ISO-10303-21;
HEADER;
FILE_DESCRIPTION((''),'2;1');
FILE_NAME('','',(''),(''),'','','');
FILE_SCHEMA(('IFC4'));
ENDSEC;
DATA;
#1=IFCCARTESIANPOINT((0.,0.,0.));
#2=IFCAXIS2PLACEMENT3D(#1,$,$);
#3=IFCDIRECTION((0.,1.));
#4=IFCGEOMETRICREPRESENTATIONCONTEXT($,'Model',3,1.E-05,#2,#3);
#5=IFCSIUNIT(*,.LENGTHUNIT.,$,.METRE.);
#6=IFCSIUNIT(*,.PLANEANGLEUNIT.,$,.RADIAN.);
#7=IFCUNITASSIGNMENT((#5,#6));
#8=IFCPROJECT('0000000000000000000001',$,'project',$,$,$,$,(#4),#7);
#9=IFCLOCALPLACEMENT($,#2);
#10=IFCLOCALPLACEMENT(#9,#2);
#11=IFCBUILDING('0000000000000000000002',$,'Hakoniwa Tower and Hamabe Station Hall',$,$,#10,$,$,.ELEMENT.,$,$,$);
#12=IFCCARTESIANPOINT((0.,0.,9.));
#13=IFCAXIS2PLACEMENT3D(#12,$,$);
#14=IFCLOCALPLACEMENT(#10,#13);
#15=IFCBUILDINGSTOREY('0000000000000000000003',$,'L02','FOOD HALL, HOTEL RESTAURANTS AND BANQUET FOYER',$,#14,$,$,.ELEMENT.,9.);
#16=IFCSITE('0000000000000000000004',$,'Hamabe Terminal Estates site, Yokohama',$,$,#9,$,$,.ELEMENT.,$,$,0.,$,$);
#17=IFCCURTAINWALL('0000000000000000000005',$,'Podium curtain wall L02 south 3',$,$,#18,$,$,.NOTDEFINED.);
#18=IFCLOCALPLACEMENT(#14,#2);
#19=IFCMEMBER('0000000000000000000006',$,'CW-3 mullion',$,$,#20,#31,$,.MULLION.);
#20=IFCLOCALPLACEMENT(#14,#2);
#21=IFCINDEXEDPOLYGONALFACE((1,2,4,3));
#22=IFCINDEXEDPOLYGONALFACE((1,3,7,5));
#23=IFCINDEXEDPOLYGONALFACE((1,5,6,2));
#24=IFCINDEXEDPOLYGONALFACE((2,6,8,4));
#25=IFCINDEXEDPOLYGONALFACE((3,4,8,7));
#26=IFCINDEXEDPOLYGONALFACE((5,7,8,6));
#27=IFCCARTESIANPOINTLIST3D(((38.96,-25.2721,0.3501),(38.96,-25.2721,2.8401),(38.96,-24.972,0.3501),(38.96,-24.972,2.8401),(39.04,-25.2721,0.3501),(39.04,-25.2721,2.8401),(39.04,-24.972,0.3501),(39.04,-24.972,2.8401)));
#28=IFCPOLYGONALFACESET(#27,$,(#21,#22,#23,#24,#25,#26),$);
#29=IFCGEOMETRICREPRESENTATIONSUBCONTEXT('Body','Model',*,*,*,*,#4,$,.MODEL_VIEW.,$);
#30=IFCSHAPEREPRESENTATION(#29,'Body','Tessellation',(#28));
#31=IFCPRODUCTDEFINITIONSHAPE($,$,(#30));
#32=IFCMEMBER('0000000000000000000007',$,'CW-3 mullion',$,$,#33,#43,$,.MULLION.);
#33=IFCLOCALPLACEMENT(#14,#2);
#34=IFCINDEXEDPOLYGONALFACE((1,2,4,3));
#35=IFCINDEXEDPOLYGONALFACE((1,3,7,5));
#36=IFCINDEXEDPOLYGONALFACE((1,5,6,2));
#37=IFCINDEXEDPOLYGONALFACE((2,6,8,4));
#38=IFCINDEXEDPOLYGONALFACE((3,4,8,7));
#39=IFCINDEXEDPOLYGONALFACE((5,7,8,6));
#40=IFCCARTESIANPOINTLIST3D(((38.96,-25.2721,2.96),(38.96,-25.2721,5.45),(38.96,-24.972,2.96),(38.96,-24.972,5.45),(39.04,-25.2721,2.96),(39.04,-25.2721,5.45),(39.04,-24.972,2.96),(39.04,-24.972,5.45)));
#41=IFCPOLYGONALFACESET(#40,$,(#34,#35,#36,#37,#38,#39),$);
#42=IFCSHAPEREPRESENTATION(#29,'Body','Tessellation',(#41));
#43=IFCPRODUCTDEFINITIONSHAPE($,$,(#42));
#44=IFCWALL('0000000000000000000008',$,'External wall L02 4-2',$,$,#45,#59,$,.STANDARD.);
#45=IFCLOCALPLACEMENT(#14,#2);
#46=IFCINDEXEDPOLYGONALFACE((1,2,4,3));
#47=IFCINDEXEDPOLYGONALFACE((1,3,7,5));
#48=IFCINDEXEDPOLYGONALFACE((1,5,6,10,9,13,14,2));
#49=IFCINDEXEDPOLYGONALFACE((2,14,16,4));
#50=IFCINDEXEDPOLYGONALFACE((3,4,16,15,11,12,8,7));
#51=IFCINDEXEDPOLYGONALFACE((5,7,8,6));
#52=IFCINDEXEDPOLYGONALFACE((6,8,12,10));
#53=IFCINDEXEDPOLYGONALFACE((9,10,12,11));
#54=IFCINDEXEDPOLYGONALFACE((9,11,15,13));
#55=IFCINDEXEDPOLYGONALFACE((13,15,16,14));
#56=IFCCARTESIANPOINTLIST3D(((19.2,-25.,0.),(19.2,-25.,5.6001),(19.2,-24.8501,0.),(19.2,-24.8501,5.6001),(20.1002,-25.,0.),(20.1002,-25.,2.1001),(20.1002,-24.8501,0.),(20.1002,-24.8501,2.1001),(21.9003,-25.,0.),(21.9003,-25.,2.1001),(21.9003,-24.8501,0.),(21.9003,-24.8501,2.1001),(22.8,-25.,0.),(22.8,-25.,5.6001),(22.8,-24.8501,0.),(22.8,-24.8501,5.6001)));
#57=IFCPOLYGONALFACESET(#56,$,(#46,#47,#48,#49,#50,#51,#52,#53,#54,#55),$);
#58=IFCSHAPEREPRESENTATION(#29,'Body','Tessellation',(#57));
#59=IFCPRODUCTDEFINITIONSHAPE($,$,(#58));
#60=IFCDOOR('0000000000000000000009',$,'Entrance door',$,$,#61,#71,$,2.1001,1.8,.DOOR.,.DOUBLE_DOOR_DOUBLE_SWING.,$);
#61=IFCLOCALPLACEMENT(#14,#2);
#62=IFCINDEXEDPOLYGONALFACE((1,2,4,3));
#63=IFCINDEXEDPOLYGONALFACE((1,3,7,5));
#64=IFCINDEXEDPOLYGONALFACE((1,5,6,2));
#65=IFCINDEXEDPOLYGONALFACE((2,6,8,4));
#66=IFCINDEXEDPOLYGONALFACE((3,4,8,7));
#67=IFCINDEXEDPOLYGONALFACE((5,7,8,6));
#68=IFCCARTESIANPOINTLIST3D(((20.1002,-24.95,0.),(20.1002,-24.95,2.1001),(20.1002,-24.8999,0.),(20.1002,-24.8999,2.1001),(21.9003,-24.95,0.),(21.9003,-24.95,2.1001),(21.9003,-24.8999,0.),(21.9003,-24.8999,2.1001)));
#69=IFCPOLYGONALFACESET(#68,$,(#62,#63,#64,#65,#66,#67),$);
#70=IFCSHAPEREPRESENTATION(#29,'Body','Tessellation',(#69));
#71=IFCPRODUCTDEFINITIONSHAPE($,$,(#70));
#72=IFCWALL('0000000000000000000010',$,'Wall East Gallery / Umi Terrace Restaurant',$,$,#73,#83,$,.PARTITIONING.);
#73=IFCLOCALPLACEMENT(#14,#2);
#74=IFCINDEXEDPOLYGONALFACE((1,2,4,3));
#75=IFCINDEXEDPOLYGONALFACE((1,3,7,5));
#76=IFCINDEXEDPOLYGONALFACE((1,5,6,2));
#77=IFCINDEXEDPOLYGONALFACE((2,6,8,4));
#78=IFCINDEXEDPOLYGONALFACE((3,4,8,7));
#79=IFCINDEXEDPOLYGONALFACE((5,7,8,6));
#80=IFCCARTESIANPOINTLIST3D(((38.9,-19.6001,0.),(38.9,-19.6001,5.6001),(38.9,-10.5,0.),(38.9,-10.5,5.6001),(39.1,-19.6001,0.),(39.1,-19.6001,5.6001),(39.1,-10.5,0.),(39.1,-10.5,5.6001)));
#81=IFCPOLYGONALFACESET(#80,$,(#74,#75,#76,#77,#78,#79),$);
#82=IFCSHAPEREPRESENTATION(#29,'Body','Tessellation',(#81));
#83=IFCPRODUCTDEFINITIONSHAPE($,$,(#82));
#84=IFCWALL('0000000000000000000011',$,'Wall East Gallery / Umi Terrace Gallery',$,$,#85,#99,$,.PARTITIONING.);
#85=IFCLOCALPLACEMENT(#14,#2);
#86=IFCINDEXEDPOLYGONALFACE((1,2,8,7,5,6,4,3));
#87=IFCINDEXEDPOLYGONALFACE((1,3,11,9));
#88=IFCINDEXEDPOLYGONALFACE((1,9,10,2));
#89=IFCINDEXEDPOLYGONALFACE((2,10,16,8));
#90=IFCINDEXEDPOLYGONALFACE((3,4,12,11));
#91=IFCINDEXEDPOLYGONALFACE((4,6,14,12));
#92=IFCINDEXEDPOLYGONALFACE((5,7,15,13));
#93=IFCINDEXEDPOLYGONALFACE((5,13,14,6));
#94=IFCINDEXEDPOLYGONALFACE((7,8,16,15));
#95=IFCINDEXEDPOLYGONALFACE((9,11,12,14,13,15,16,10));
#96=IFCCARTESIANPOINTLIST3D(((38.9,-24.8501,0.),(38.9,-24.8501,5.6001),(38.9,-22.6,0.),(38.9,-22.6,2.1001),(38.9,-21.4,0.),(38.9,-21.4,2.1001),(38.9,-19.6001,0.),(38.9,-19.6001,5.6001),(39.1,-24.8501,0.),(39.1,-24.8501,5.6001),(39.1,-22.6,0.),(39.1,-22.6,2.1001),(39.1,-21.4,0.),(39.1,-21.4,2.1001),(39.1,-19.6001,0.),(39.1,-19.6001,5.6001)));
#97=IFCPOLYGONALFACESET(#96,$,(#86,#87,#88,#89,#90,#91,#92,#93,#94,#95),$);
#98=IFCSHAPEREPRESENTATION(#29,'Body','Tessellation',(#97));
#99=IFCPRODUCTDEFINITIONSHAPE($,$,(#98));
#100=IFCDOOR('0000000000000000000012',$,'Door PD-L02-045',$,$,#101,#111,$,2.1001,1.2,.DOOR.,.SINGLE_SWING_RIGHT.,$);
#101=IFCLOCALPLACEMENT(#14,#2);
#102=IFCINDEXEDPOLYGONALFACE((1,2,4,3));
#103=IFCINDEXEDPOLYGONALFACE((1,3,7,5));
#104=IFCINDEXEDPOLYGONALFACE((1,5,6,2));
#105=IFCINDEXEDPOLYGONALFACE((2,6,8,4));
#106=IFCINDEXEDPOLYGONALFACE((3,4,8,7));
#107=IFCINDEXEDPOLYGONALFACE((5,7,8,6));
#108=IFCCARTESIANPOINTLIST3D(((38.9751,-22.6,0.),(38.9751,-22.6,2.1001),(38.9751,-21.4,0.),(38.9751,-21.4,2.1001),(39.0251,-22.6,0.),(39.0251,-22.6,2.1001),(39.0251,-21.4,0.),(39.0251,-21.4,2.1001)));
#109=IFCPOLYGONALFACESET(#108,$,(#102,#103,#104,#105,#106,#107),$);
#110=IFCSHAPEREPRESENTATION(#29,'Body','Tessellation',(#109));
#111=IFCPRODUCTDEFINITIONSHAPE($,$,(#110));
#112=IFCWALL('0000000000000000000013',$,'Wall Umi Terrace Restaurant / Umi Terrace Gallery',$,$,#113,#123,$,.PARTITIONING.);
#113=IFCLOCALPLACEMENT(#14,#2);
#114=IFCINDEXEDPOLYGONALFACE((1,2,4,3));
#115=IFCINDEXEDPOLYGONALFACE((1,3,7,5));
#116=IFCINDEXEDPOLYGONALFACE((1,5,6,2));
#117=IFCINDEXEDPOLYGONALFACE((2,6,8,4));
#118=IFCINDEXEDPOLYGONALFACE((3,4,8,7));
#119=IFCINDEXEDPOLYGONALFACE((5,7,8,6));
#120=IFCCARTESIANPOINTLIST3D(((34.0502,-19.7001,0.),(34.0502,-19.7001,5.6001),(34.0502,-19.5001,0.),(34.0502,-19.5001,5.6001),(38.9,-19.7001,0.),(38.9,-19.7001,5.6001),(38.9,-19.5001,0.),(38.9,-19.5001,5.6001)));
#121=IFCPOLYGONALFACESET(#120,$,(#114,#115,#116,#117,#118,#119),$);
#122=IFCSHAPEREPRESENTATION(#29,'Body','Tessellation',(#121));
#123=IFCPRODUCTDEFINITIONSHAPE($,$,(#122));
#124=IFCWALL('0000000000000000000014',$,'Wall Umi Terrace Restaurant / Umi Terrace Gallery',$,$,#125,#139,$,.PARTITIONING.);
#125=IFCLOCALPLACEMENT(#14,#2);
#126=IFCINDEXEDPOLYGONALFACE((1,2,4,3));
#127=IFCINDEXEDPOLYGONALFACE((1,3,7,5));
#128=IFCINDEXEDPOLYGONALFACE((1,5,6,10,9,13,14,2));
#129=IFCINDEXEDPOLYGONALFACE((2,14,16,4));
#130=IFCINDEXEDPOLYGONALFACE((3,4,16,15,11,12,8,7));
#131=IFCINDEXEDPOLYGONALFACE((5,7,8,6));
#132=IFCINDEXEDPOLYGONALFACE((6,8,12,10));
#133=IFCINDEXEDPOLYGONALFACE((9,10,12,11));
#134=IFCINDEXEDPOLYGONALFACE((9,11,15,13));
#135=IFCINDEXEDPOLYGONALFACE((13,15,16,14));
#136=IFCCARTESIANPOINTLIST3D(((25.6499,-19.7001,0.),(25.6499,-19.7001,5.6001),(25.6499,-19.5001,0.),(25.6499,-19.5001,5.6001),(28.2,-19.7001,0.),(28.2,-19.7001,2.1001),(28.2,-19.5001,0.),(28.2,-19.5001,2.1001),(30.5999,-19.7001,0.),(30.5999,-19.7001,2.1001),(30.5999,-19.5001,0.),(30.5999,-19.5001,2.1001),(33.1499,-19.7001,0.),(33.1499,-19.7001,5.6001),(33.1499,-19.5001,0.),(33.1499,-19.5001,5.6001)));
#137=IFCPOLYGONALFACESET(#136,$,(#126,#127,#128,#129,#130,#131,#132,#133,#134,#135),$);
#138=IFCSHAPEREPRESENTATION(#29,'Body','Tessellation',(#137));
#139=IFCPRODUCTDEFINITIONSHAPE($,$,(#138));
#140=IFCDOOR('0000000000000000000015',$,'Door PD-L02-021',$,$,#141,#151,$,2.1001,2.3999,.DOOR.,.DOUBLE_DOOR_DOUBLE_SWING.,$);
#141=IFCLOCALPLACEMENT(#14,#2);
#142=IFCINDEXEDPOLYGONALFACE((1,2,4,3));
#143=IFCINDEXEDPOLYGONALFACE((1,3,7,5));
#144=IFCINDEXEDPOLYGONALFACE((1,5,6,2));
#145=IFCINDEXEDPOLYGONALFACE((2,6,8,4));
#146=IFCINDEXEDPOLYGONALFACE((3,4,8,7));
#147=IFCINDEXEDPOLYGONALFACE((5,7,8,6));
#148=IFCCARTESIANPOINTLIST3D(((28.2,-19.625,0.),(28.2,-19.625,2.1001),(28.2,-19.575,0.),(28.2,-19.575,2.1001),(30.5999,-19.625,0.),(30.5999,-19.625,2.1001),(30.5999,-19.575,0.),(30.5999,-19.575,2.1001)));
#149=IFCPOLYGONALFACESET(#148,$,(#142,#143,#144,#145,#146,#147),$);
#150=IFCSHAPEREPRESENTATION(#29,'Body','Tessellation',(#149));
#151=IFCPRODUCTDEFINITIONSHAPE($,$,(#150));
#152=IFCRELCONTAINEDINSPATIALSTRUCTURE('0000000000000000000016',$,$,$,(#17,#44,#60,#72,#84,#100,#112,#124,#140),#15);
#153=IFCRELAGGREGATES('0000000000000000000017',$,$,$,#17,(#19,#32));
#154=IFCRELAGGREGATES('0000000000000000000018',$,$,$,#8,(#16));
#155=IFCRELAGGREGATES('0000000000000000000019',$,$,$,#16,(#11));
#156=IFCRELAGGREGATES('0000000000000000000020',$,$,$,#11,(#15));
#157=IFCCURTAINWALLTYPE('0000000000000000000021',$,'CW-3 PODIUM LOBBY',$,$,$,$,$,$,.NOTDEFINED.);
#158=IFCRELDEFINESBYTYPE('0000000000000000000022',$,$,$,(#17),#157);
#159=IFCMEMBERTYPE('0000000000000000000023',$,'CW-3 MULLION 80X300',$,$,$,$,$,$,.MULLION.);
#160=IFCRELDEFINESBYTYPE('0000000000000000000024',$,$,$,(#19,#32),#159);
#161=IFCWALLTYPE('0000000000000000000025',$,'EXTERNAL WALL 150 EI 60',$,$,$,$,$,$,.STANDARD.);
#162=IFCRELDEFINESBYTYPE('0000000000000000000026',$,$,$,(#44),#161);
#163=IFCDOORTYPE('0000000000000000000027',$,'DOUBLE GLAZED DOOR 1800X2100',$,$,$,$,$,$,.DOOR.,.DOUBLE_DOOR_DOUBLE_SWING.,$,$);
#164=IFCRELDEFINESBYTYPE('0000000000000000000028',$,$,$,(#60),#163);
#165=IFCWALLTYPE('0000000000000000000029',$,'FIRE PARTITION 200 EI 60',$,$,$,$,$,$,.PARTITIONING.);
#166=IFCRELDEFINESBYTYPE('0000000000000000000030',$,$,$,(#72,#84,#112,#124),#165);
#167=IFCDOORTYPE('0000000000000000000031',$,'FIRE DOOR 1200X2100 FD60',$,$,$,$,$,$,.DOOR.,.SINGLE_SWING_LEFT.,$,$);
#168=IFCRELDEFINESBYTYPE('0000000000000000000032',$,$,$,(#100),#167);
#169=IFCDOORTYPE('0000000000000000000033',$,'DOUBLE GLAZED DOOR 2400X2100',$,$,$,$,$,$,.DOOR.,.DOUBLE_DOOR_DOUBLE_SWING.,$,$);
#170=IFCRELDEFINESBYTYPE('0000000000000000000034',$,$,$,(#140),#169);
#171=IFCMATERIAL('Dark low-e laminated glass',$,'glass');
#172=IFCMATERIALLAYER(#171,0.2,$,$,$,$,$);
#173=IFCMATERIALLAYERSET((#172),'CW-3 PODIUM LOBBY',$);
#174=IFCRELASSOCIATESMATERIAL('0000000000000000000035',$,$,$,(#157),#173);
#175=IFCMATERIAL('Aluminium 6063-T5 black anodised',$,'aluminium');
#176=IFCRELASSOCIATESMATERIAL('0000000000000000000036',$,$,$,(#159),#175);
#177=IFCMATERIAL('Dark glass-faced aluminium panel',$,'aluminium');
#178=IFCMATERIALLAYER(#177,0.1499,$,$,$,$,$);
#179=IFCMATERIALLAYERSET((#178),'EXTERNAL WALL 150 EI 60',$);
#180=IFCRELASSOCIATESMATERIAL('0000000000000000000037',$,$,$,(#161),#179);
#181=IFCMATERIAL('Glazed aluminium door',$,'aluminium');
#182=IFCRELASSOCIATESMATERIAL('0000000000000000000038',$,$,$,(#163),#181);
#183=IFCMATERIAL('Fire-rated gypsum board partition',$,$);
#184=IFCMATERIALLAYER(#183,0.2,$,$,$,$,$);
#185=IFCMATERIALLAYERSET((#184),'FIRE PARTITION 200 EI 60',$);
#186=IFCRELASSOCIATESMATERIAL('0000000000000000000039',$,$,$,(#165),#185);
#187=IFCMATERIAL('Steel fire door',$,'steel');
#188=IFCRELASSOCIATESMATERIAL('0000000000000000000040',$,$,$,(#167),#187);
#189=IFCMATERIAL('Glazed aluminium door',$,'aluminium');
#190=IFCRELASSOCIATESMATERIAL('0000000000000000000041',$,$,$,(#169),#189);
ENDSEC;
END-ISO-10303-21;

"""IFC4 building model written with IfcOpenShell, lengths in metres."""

from ifc_helpers import new_model, si_unit, direction, frame, frame_2d, origin, origin_2d, place, context, subcontext, project, spatial, rectangle, extrude, material, layer, layer_set, material_profile, profile_set, type_object, element, fill, aggregate, save


model = new_model("IFC4")

# Units and contexts
model_context = context("Model", 3, precision=1e-05, world=origin(), true_north=direction((0.0, 1.0)))
body_context = subcontext(model_context, "Body", "Model", "MODEL_VIEW")
ifc_project = project(units=[si_unit("LENGTHUNIT", "METRE"), si_unit("PLANEANGLEUNIT", "RADIAN")], contexts=[model_context])

# Site, building, storey
site_placement = place(None, origin())
site = spatial("IfcSite", under=ifc_project, at=site_placement, Name="Hamabe Terminal Estates site, Yokohama", CompositionType="ELEMENT", RefElevation=0.0)
building_placement = place(site_placement, origin())
building = spatial("IfcBuilding", under=site, at=building_placement, Name="Hakoniwa Tower and Hamabe Station Hall", CompositionType="ELEMENT")
storey_placement = place(building_placement, frame((0.0, 0.0, 9.0)))
storey = spatial("IfcBuildingStorey", under=building, at=storey_placement, Name="L02", Description="FOOD HALL, HOTEL RESTAURANTS AND BANQUET FOYER", CompositionType="ELEMENT", Elevation=9.0)

# Curtain wall, members
ifc_material_1 = material(Name="Dark low-e laminated glass", Category="glass")
ifc_layer_1 = layer(ifc_material_1, 0.2)
ifc_layer_set_1 = layer_set([ifc_layer_1], Name="CW-3 PODIUM LOBBY")
curtain_wall_type = type_object("IfcCurtainWallType", Name="CW-3 PODIUM LOBBY", PredefinedType="NOTDEFINED", material=ifc_layer_set_1)
curtain_wall_placement = place(storey_placement, origin())
curtain_wall = element("IfcCurtainWall", 1, at=curtain_wall_placement, inside=storey, type_object=curtain_wall_type, Name="Podium curtain wall L02 south 3", PredefinedType="NOTDEFINED")
ifc_material_2 = material(Name="Aluminium 6063-T5 black anodised", Category="aluminium")
ifc_material_profile_1 = material_profile(ifc_material_2, rectangle(XDim=0.0801, YDim=0.3, at=origin_2d()), Name="CW-3 MULLION 80X300")
ifc_profile_set_1 = profile_set([ifc_material_profile_1], Name="Aluminium 6063-T5 black anodised")
member_type = type_object("IfcMemberType", Name="CW-3 MULLION 80X300", PredefinedType="MULLION", material=ifc_profile_set_1)
member_1_placement = place(storey_placement, frame((39.0, -25.1221, 0.3501), z_axis=(0.0, 0.0, 1.0), x_axis=(1.0, 0.0, 0.0)))
member_1 = element("IfcMember", 2, at=member_1_placement, type_object=member_type, Name="CW-3 mullion", PredefinedType="MULLION", context=body_context, shape_type="SweptSolid", body=[
    extrude(rectangle(XDim=0.0801, YDim=0.3, at=origin_2d()), origin(), (0.0, 0.0, 1.0), 2.49),
])
member_2_placement = place(storey_placement, frame((39.0, -25.1221, 2.96), z_axis=(0.0, 0.0, 1.0), x_axis=(1.0, 0.0, 0.0)))
member_2 = element("IfcMember", 3, at=member_2_placement, type_object=member_type, Name="CW-3 mullion", PredefinedType="MULLION", context=body_context, shape_type="SweptSolid", body=[
    extrude(rectangle(XDim=0.0801, YDim=0.3, at=origin_2d()), origin(), (0.0, 0.0, 1.0), 2.49),
])
aggregate(curtain_wall, [member_1, member_2])

# Wall, opening, door
ifc_material_3 = material(Name="Dark glass-faced aluminium panel", Category="aluminium")
ifc_layer_2 = layer(ifc_material_3, 0.1499)
ifc_layer_set_2 = layer_set([ifc_layer_2], Name="EXTERNAL WALL 150 EI 60")
wall_type_1 = type_object("IfcWallType", Name="EXTERNAL WALL 150 EI 60", PredefinedType="STANDARD", material=ifc_layer_set_2)
wall_1_placement = place(storey_placement, frame((22.8, -24.925, 0.0), z_axis=(0.0, 0.0, 1.0), x_axis=(-1.0, 0.0, 0.0)))
wall_1 = element("IfcWall", 4, at=wall_1_placement, inside=storey, type_object=wall_type_1, Name="External wall L02 4-2", PredefinedType="STANDARD", context=body_context, shape_type="SweptSolid", body=[
    extrude(rectangle(XDim=3.6001, YDim=0.1499, at=frame_2d((1.8, 0.0))), origin(), (0.0, 0.0, 1.0), 5.6001),
])
opening_1_placement = place(wall_1_placement, frame((0.8999, 0.0, 0.0)))
opening_1 = element("IfcOpeningElement", 5, at=opening_1_placement, cuts=wall_1, PredefinedType="OPENING", context=body_context, shape_type="SweptSolid", body=[
    extrude(rectangle(XDim=1.8, YDim=2.1001, at=frame_2d((0.8999, 1.05))), frame((0.0, 0.085, 0.0), z_axis=(0.0, -1.0, 0.0), x_axis=(1.0, 0.0, 0.0)), (0.0, 0.0, 1.0), 0.1699),
])
ifc_material_4 = material(Name="Glazed aluminium door", Category="aluminium")
door_type_1 = type_object("IfcDoorType", Name="DOUBLE GLAZED DOOR 1800X2100", OperationType="DOUBLE_DOOR_DOUBLE_SWING", PredefinedType="DOOR", material=ifc_material_4)
door_1_placement = place(opening_1_placement, origin())
door_1 = element("IfcDoor", 6, at=door_1_placement, inside=storey, type_object=door_type_1, Name="Entrance door", OperationType="DOUBLE_DOOR_DOUBLE_SWING", OverallHeight=2.1001, OverallWidth=1.8, PredefinedType="DOOR", context=body_context, shape_type="SweptSolid", body=[
    extrude(rectangle(XDim=1.8, YDim=2.1001, at=frame_2d((0.8999, 1.05))), frame((0.0, 0.0249, 0.0), z_axis=(0.0, -1.0, 0.0), x_axis=(1.0, 0.0, 0.0)), (0.0, 0.0, 1.0), 0.05),
])
fill(opening_1, door_1)

# Wall
ifc_material_5 = material(Name="Fire-rated gypsum board partition")
ifc_layer_3 = layer(ifc_material_5, 0.2)
ifc_layer_set_3 = layer_set([ifc_layer_3], Name="FIRE PARTITION 200 EI 60")
wall_type_2 = type_object("IfcWallType", Name="FIRE PARTITION 200 EI 60", PredefinedType="PARTITIONING", material=ifc_layer_set_3)
wall_2_placement = place(storey_placement, frame((39.0, -19.6001, 0.0), z_axis=(0.0, 0.0, 1.0), x_axis=(0.0, 1.0, 0.0)))
element("IfcWall", 7, at=wall_2_placement, inside=storey, type_object=wall_type_2, Name="Wall East Gallery / Umi Terrace Restaurant", PredefinedType="PARTITIONING", context=body_context, shape_type="SweptSolid", body=[
    extrude(rectangle(XDim=9.1001, YDim=0.2, at=frame_2d((4.55, 0.0))), origin(), (0.0, 0.0, 1.0), 5.6001),
])

# Wall, opening, door
wall_3_placement = place(storey_placement, frame((39.0, -24.8501, 0.0), z_axis=(0.0, 0.0, 1.0), x_axis=(0.0, 1.0, 0.0)))
wall_3 = element("IfcWall", 8, at=wall_3_placement, inside=storey, type_object=wall_type_2, Name="Wall East Gallery / Umi Terrace Gallery", PredefinedType="PARTITIONING", context=body_context, shape_type="SweptSolid", body=[
    extrude(rectangle(XDim=5.25, YDim=0.2, at=frame_2d((2.625, 0.0))), origin(), (0.0, 0.0, 1.0), 5.6001),
])
opening_2_placement = place(wall_3_placement, frame((2.25, 0.0, 0.0)))
opening_2 = element("IfcOpeningElement", 9, at=opening_2_placement, cuts=wall_3, PredefinedType="OPENING", context=body_context, shape_type="SweptSolid", body=[
    extrude(rectangle(XDim=1.2, YDim=2.1001, at=frame_2d((0.6001, 1.05))), frame((0.0, 0.1099, 0.0), z_axis=(0.0, -1.0, 0.0), x_axis=(1.0, 0.0, 0.0)), (0.0, 0.0, 1.0), 0.22),
])
ifc_material_6 = material(Name="Steel fire door", Category="steel")
door_type_2 = type_object("IfcDoorType", Name="FIRE DOOR 1200X2100 FD60", OperationType="SINGLE_SWING_LEFT", PredefinedType="DOOR", material=ifc_material_6)
door_2_placement = place(opening_2_placement, origin())
door_2 = element("IfcDoor", 10, at=door_2_placement, inside=storey, type_object=door_type_2, Name="Door PD-L02-045", OperationType="SINGLE_SWING_RIGHT", OverallHeight=2.1001, OverallWidth=1.2, PredefinedType="DOOR", context=body_context, shape_type="SweptSolid", body=[
    extrude(rectangle(XDim=1.2, YDim=2.1001, at=frame_2d((0.6001, 1.05))), frame((0.0, 0.0249, 0.0), z_axis=(0.0, -1.0, 0.0), x_axis=(1.0, 0.0, 0.0)), (0.0, 0.0, 1.0), 0.05),
])
fill(opening_2, door_2)

# Wall
wall_4_placement = place(storey_placement, frame((38.8999, -19.6001, 0.0), z_axis=(0.0, 0.0, 1.0), x_axis=(-1.0, 0.0, 0.0)))
element("IfcWall", 11, at=wall_4_placement, inside=storey, type_object=wall_type_2, Name="Wall Umi Terrace Restaurant / Umi Terrace Gallery", PredefinedType="PARTITIONING", context=body_context, shape_type="SweptSolid", body=[
    extrude(rectangle(XDim=4.8499, YDim=0.2, at=frame_2d((2.4248, 0.0))), origin(), (0.0, 0.0, 1.0), 5.6001),
])

# Wall, opening, door
wall_5_placement = place(storey_placement, frame((33.1499, -19.6001, 0.0), z_axis=(0.0, 0.0, 1.0), x_axis=(-1.0, 0.0, 0.0)))
wall_5 = element("IfcWall", 12, at=wall_5_placement, inside=storey, type_object=wall_type_2, Name="Wall Umi Terrace Restaurant / Umi Terrace Gallery", PredefinedType="PARTITIONING", context=body_context, shape_type="SweptSolid", body=[
    extrude(rectangle(XDim=7.5, YDim=0.2, at=frame_2d((3.75, 0.0))), origin(), (0.0, 0.0, 1.0), 5.6001),
])
opening_3_placement = place(wall_5_placement, frame((2.55, 0.0, 0.0)))
opening_3 = element("IfcOpeningElement", 13, at=opening_3_placement, cuts=wall_5, PredefinedType="OPENING", context=body_context, shape_type="SweptSolid", body=[
    extrude(rectangle(XDim=2.3999, YDim=2.1001, at=frame_2d((1.2, 1.05))), frame((0.0, 0.1099, 0.0), z_axis=(0.0, -1.0, 0.0), x_axis=(1.0, 0.0, 0.0)), (0.0, 0.0, 1.0), 0.22),
])
ifc_material_7 = material(Name="Glazed aluminium door", Category="aluminium")
door_type_3 = type_object("IfcDoorType", Name="DOUBLE GLAZED DOOR 2400X2100", OperationType="DOUBLE_DOOR_DOUBLE_SWING", PredefinedType="DOOR", material=ifc_material_7)
door_3_placement = place(opening_3_placement, origin())
door_3 = element("IfcDoor", 14, at=door_3_placement, inside=storey, type_object=door_type_3, Name="Door PD-L02-021", OperationType="DOUBLE_DOOR_DOUBLE_SWING", OverallHeight=2.1001, OverallWidth=2.3999, PredefinedType="DOOR", context=body_context, shape_type="SweptSolid", body=[
    extrude(rectangle(XDim=2.3999, YDim=2.1001, at=frame_2d((1.2, 1.05))), frame((0.0, 0.0249, 0.0), z_axis=(0.0, -1.0, 0.0), x_axis=(1.0, 0.0, 0.0)), (0.0, 0.0, 1.0), 0.05),
])
fill(opening_3, door_3)

save(model, "model.ifc")
